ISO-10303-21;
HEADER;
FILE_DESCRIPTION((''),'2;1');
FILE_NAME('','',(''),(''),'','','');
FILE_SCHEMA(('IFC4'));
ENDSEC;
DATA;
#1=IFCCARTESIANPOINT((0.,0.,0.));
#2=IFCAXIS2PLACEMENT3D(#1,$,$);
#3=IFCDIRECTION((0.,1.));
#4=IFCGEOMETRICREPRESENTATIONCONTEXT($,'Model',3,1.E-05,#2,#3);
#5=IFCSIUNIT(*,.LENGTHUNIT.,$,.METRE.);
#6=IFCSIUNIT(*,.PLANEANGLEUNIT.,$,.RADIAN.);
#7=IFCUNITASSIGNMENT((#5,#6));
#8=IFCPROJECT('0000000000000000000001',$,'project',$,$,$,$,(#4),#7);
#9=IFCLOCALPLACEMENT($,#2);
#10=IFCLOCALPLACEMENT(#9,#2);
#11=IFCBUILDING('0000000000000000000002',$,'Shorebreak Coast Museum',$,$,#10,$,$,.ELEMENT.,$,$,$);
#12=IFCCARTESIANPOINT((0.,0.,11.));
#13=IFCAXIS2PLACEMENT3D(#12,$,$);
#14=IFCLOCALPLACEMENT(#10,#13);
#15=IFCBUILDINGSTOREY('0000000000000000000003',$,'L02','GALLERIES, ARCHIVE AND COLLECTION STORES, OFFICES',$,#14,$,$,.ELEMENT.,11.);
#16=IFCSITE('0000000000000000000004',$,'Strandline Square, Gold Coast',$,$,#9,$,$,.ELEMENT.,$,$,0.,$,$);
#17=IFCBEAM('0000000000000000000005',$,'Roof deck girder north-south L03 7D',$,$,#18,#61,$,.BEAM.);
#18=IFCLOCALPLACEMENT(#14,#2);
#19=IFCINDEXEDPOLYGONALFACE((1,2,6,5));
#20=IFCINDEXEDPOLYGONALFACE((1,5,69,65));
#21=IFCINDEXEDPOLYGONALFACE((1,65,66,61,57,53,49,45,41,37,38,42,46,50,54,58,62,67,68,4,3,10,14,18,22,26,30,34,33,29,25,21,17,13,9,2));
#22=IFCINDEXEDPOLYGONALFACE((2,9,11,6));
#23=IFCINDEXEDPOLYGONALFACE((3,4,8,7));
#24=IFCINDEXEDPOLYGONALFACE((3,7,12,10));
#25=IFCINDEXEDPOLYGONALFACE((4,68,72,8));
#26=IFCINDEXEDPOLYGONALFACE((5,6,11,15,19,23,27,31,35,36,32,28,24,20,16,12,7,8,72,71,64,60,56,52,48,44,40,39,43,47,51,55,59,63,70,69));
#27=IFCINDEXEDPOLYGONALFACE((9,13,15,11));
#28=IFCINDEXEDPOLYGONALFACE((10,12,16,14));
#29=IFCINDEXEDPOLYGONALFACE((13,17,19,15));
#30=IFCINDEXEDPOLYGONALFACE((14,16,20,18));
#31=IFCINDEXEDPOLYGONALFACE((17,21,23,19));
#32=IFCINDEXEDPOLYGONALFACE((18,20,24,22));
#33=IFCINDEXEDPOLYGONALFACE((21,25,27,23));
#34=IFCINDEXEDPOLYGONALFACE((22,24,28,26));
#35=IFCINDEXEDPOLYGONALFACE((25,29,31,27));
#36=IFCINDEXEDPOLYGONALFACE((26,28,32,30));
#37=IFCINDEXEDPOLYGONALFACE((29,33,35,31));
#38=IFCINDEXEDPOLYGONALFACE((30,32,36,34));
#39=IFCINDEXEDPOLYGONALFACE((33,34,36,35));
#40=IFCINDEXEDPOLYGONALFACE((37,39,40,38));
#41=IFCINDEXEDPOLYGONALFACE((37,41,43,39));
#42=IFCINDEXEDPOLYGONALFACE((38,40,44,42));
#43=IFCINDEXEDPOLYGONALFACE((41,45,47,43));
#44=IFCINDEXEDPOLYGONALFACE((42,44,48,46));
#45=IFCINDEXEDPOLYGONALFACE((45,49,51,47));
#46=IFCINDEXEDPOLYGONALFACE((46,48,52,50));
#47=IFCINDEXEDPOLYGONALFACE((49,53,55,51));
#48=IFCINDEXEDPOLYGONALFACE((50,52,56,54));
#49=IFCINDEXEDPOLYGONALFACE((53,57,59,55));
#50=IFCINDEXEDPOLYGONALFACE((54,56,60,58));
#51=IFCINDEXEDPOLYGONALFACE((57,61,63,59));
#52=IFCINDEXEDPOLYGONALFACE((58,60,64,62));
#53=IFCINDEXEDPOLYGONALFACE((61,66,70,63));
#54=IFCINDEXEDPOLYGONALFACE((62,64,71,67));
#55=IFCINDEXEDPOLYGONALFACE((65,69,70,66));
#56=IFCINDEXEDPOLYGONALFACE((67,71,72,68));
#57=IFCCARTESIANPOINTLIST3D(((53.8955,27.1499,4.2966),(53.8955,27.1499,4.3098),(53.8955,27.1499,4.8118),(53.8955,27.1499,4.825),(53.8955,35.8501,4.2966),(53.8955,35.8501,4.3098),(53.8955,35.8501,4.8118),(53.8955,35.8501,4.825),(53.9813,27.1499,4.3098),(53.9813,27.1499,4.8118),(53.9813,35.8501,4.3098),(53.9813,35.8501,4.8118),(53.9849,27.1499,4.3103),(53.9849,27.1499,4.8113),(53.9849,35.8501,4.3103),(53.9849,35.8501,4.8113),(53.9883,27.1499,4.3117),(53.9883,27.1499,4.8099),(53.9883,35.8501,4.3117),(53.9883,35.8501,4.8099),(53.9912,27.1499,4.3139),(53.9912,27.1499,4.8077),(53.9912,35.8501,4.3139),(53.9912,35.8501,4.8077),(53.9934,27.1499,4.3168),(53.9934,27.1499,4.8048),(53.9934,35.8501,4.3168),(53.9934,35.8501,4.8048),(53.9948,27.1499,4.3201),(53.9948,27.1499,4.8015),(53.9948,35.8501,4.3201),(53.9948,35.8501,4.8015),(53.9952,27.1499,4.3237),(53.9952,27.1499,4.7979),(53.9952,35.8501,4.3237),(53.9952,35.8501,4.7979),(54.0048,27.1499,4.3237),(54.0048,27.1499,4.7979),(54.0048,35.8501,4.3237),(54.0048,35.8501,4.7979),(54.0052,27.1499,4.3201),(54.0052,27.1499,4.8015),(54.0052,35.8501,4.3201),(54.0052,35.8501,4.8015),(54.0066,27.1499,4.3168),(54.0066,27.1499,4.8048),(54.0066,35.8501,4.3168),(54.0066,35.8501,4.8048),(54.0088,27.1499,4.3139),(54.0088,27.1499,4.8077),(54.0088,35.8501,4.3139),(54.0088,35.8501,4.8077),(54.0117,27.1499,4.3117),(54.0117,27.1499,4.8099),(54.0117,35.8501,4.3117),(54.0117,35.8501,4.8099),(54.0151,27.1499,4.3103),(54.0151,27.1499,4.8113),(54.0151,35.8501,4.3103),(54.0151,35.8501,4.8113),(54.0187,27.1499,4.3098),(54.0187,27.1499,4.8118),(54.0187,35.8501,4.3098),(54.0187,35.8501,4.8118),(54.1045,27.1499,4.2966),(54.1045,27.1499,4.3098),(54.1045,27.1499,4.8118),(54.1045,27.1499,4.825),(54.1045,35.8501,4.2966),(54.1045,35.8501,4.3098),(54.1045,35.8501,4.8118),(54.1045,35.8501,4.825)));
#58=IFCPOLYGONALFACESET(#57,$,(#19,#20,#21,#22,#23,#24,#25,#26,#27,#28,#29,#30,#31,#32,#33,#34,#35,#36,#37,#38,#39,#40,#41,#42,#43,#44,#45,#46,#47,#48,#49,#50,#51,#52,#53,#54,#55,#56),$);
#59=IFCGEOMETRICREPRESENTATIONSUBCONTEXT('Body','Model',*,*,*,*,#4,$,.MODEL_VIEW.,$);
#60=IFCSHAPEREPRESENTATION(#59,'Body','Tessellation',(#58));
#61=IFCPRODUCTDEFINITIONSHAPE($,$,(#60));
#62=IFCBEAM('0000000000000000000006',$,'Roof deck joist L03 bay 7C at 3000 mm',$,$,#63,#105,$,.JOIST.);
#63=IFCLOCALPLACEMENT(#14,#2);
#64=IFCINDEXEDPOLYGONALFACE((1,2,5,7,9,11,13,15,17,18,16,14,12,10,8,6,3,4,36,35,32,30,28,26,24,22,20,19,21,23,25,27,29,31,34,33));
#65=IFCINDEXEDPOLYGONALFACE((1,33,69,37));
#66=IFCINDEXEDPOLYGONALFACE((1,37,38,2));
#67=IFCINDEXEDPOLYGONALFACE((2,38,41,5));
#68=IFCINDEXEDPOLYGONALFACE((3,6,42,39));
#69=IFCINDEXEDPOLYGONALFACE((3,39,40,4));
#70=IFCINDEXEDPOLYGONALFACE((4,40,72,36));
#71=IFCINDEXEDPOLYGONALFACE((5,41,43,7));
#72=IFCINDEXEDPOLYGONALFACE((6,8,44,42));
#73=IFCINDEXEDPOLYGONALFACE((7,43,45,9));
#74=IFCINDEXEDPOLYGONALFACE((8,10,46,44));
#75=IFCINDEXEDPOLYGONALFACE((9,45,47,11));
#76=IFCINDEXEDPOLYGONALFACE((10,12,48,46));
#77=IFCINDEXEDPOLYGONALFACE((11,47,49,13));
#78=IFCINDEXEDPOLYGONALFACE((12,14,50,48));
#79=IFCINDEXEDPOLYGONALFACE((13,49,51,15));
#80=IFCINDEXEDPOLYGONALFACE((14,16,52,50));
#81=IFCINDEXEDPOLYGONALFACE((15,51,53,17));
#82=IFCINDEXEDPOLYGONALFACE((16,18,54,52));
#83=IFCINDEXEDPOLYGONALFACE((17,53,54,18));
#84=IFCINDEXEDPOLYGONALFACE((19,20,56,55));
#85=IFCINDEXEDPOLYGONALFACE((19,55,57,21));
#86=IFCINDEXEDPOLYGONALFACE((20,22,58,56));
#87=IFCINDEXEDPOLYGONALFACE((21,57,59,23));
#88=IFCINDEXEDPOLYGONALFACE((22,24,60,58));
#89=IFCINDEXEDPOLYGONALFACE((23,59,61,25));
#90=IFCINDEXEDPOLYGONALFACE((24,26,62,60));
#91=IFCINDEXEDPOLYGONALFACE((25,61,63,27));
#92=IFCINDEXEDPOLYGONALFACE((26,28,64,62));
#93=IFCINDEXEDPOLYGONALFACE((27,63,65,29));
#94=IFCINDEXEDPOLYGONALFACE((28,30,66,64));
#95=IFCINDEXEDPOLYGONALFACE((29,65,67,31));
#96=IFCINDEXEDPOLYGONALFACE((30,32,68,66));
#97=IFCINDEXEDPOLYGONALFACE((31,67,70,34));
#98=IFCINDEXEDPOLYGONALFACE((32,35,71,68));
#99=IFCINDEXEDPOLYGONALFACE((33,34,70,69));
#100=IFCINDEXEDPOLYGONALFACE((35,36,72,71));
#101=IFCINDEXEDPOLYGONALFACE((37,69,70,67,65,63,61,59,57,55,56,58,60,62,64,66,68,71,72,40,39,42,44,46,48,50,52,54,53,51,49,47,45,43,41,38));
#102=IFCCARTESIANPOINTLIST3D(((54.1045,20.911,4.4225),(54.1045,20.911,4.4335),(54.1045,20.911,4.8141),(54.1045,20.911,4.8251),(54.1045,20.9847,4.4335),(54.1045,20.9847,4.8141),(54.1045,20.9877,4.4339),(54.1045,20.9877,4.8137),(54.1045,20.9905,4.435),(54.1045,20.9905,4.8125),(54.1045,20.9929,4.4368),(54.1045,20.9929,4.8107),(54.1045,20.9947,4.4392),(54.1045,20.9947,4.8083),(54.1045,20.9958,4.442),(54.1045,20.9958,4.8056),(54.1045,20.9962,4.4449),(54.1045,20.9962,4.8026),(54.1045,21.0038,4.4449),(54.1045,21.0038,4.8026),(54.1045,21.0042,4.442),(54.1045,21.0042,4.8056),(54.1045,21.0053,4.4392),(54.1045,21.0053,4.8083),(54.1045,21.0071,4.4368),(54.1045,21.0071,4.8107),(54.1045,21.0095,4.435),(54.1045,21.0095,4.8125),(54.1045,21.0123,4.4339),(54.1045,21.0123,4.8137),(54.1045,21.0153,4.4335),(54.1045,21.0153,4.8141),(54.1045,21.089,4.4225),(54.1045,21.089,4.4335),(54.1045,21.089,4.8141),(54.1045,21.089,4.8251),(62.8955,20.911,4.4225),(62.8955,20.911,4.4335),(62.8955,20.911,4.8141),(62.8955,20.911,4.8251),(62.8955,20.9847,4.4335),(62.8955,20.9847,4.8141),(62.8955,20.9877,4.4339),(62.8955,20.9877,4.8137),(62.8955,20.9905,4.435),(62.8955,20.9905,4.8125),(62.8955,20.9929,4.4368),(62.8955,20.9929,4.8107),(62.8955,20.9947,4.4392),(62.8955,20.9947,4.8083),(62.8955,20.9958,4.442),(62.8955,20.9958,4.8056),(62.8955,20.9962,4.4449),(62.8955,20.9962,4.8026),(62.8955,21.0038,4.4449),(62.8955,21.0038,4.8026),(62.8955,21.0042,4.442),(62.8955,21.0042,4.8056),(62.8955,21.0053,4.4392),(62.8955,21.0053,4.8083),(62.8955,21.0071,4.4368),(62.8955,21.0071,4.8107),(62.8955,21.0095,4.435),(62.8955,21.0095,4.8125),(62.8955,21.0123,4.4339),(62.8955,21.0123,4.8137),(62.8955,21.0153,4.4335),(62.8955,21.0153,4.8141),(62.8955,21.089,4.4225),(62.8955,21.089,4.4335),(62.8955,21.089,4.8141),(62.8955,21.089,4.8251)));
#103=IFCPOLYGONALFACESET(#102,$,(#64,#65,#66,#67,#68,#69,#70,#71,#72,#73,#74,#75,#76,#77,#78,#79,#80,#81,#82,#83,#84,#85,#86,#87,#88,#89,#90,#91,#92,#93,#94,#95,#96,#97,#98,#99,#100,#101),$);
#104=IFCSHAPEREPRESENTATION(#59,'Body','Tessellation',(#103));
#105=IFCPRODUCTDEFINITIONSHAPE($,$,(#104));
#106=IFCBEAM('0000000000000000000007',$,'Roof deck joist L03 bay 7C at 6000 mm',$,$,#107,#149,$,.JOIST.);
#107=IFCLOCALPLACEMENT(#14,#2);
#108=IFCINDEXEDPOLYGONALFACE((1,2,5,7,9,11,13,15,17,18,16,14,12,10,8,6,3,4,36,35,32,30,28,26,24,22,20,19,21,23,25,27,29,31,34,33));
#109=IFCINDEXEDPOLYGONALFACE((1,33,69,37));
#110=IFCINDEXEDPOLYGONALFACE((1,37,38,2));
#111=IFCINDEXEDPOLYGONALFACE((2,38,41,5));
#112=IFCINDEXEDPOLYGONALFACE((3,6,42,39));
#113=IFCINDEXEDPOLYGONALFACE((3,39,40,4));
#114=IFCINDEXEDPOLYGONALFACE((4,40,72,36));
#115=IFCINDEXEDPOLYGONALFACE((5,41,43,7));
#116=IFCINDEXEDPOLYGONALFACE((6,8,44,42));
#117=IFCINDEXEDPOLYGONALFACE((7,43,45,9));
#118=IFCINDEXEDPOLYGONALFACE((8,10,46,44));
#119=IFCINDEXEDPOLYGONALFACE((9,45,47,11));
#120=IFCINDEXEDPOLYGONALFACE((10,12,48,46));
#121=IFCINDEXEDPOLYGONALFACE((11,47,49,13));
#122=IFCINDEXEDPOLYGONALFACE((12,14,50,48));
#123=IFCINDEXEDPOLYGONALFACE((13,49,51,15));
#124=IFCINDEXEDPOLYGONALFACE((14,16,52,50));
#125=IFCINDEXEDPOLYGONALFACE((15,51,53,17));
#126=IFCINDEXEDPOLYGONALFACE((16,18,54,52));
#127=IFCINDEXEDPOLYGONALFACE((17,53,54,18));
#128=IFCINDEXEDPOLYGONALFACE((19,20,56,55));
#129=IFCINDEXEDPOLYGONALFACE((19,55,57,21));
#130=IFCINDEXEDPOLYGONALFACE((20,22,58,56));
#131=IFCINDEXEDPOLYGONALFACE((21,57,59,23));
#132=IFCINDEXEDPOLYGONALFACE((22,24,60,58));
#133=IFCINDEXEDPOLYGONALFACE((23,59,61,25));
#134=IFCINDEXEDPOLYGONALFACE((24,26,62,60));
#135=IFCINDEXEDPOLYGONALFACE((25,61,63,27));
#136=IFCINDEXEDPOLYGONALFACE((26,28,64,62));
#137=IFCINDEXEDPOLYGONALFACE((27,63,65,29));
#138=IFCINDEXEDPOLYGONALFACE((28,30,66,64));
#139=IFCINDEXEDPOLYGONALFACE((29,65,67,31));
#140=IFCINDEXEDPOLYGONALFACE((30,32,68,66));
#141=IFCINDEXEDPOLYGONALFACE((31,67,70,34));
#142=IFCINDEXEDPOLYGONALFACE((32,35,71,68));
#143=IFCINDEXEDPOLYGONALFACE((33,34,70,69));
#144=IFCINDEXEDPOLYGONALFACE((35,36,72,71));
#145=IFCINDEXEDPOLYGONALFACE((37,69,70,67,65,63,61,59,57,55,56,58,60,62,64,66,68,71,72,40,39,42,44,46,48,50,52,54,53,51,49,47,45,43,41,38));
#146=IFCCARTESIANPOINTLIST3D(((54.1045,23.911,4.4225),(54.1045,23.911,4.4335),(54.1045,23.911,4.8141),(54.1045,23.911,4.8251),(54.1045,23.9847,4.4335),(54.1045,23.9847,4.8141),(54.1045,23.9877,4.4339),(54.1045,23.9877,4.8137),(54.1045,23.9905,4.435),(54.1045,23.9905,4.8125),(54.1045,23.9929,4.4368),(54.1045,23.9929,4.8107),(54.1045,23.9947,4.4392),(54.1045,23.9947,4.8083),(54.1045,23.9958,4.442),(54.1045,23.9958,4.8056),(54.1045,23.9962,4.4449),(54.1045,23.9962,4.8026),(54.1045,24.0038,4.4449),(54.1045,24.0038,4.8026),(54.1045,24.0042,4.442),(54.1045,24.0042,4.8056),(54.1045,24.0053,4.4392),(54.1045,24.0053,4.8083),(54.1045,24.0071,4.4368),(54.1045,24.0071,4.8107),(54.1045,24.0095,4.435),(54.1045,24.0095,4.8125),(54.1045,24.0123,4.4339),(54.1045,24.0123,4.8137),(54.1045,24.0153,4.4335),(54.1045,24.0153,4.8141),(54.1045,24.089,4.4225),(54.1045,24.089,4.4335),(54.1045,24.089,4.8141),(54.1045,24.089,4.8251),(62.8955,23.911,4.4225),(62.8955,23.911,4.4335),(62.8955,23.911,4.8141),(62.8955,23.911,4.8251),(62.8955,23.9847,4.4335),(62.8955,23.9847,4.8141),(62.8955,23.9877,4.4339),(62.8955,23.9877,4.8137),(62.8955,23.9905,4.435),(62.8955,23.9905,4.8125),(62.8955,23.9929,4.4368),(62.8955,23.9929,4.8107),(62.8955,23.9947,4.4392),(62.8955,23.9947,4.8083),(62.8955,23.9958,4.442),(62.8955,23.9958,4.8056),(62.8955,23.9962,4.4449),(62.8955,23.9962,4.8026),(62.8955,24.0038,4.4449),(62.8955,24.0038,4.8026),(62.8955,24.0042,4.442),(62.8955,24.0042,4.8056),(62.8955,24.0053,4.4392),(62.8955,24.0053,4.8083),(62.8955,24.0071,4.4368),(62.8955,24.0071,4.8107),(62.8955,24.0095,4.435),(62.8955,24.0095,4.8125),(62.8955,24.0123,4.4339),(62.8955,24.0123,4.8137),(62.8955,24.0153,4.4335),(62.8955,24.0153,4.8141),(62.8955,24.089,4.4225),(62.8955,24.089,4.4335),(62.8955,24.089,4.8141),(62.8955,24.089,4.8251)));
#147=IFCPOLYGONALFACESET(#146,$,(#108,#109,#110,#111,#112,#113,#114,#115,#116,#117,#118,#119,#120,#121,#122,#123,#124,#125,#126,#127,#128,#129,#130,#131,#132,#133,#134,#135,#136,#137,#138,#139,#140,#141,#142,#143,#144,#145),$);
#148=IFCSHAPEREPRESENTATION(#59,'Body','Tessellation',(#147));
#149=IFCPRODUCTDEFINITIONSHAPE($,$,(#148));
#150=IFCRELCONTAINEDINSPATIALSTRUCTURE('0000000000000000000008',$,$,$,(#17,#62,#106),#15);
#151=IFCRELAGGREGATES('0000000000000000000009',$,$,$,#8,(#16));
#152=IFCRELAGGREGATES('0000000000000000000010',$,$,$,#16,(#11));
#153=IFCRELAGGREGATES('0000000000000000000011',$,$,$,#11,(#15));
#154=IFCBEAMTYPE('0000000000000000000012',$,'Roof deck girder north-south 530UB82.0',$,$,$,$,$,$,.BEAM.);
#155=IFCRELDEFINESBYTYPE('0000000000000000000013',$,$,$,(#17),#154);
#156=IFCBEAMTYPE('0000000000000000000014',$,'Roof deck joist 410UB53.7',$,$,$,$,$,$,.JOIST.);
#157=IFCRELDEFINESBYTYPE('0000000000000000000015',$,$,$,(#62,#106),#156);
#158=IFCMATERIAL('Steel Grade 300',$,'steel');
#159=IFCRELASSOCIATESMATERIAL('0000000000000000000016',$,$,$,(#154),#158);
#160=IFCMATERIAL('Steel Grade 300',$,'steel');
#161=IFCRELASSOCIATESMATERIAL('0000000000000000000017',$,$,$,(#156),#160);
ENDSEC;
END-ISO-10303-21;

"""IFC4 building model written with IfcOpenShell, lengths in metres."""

from ifc_helpers import new_model, si_unit, direction, frame, origin, origin_2d, place, context, subcontext, project, spatial, i_section, extrude, material, material_profile, profile_set, type_object, element, save


model = new_model("IFC4")

# Units and contexts
model_context = context("Model", 3, precision=1e-05, world=origin(), true_north=direction((0.0, 1.0)))
body_context = subcontext(model_context, "Body", "Model", "MODEL_VIEW")
ifc_project = project(units=[si_unit("LENGTHUNIT", "METRE"), si_unit("PLANEANGLEUNIT", "RADIAN")], contexts=[model_context])

# Site, building, storey
site_placement = place(None, origin())
site = spatial("IfcSite", under=ifc_project, at=site_placement, Name="Strandline Square, Gold Coast", CompositionType="ELEMENT", RefElevation=0.0)
building_placement = place(site_placement, origin())
building = spatial("IfcBuilding", under=site, at=building_placement, Name="Shorebreak Coast Museum", CompositionType="ELEMENT")
storey_placement = place(building_placement, frame((0.0, 0.0, 11.0)))
storey = spatial("IfcBuildingStorey", under=building, at=storey_placement, Name="L02", Description="GALLERIES, ARCHIVE AND COLLECTION STORES, OFFICES", CompositionType="ELEMENT", Elevation=11.0)

# Beams
ifc_material_1 = material(Name="Steel Grade 300", Category="steel")
ifc_material_profile_1 = material_profile(ifc_material_1, i_section(OverallWidth=0.209, OverallDepth=0.5283, WebThickness=0.0095, FlangeThickness=0.0132, FilletRadius=0.0139, at=origin_2d()), Name="530UB82.0")
ifc_profile_set_1 = profile_set([ifc_material_profile_1], Name="Steel Grade 300")
beam_type_1 = type_object("IfcBeamType", Name="Roof deck girder north-south 530UB82.0", PredefinedType="BEAM", material=ifc_profile_set_1)
for number, where, z_axis, x_axis, name in (
    (1, (54.0, 27.1499, 4.5608), (0.0, 1.0, 0.0), (-1.0, 0.0, 0.0), "Roof deck girder north-south L03 7D"),
):
    element("IfcBeam", number, at=place(storey_placement, frame(where, z_axis=z_axis, x_axis=x_axis)), inside=storey, type_object=beam_type_1, Name=name, PredefinedType="BEAM", context=body_context, shape_type="SweptSolid", body=[
        extrude(i_section(OverallWidth=0.209, OverallDepth=0.5283, WebThickness=0.0095, FlangeThickness=0.0132, FilletRadius=0.0139, at=origin_2d()), origin(), (0.0, 0.0, 1.0), 8.7002),
    ])
ifc_material_2 = material(Name="Steel Grade 300", Category="steel")
ifc_material_profile_2 = material_profile(ifc_material_2, i_section(OverallWidth=0.178, OverallDepth=0.4026, WebThickness=0.0076, FlangeThickness=0.011, FilletRadius=0.0115, at=origin_2d()), Name="410UB53.7")
ifc_profile_set_2 = profile_set([ifc_material_profile_2], Name="Steel Grade 300")
beam_type_2 = type_object("IfcBeamType", Name="Roof deck joist 410UB53.7", PredefinedType="JOIST", material=ifc_profile_set_2)
for number, where, z_axis, x_axis, name in (
    (2, (54.1045, 21.0, 4.6238), (1.0, 0.0, 0.0), (0.0, 1.0, 0.0), "Roof deck joist L03 bay 7C at 3000 mm"),
    (3, (54.1045, 24.0, 4.6238), (1.0, 0.0, 0.0), (0.0, 1.0, 0.0), "Roof deck joist L03 bay 7C at 6000 mm"),
):
    element("IfcBeam", number, at=place(storey_placement, frame(where, z_axis=z_axis, x_axis=x_axis)), inside=storey, type_object=beam_type_2, Name=name, PredefinedType="JOIST", context=body_context, shape_type="SweptSolid", body=[
        extrude(i_section(OverallWidth=0.178, OverallDepth=0.4026, WebThickness=0.0076, FlangeThickness=0.011, FilletRadius=0.0115, at=origin_2d()), origin(), (0.0, 0.0, 1.0), 8.791),
    ])

save(model, "model.ifc")
